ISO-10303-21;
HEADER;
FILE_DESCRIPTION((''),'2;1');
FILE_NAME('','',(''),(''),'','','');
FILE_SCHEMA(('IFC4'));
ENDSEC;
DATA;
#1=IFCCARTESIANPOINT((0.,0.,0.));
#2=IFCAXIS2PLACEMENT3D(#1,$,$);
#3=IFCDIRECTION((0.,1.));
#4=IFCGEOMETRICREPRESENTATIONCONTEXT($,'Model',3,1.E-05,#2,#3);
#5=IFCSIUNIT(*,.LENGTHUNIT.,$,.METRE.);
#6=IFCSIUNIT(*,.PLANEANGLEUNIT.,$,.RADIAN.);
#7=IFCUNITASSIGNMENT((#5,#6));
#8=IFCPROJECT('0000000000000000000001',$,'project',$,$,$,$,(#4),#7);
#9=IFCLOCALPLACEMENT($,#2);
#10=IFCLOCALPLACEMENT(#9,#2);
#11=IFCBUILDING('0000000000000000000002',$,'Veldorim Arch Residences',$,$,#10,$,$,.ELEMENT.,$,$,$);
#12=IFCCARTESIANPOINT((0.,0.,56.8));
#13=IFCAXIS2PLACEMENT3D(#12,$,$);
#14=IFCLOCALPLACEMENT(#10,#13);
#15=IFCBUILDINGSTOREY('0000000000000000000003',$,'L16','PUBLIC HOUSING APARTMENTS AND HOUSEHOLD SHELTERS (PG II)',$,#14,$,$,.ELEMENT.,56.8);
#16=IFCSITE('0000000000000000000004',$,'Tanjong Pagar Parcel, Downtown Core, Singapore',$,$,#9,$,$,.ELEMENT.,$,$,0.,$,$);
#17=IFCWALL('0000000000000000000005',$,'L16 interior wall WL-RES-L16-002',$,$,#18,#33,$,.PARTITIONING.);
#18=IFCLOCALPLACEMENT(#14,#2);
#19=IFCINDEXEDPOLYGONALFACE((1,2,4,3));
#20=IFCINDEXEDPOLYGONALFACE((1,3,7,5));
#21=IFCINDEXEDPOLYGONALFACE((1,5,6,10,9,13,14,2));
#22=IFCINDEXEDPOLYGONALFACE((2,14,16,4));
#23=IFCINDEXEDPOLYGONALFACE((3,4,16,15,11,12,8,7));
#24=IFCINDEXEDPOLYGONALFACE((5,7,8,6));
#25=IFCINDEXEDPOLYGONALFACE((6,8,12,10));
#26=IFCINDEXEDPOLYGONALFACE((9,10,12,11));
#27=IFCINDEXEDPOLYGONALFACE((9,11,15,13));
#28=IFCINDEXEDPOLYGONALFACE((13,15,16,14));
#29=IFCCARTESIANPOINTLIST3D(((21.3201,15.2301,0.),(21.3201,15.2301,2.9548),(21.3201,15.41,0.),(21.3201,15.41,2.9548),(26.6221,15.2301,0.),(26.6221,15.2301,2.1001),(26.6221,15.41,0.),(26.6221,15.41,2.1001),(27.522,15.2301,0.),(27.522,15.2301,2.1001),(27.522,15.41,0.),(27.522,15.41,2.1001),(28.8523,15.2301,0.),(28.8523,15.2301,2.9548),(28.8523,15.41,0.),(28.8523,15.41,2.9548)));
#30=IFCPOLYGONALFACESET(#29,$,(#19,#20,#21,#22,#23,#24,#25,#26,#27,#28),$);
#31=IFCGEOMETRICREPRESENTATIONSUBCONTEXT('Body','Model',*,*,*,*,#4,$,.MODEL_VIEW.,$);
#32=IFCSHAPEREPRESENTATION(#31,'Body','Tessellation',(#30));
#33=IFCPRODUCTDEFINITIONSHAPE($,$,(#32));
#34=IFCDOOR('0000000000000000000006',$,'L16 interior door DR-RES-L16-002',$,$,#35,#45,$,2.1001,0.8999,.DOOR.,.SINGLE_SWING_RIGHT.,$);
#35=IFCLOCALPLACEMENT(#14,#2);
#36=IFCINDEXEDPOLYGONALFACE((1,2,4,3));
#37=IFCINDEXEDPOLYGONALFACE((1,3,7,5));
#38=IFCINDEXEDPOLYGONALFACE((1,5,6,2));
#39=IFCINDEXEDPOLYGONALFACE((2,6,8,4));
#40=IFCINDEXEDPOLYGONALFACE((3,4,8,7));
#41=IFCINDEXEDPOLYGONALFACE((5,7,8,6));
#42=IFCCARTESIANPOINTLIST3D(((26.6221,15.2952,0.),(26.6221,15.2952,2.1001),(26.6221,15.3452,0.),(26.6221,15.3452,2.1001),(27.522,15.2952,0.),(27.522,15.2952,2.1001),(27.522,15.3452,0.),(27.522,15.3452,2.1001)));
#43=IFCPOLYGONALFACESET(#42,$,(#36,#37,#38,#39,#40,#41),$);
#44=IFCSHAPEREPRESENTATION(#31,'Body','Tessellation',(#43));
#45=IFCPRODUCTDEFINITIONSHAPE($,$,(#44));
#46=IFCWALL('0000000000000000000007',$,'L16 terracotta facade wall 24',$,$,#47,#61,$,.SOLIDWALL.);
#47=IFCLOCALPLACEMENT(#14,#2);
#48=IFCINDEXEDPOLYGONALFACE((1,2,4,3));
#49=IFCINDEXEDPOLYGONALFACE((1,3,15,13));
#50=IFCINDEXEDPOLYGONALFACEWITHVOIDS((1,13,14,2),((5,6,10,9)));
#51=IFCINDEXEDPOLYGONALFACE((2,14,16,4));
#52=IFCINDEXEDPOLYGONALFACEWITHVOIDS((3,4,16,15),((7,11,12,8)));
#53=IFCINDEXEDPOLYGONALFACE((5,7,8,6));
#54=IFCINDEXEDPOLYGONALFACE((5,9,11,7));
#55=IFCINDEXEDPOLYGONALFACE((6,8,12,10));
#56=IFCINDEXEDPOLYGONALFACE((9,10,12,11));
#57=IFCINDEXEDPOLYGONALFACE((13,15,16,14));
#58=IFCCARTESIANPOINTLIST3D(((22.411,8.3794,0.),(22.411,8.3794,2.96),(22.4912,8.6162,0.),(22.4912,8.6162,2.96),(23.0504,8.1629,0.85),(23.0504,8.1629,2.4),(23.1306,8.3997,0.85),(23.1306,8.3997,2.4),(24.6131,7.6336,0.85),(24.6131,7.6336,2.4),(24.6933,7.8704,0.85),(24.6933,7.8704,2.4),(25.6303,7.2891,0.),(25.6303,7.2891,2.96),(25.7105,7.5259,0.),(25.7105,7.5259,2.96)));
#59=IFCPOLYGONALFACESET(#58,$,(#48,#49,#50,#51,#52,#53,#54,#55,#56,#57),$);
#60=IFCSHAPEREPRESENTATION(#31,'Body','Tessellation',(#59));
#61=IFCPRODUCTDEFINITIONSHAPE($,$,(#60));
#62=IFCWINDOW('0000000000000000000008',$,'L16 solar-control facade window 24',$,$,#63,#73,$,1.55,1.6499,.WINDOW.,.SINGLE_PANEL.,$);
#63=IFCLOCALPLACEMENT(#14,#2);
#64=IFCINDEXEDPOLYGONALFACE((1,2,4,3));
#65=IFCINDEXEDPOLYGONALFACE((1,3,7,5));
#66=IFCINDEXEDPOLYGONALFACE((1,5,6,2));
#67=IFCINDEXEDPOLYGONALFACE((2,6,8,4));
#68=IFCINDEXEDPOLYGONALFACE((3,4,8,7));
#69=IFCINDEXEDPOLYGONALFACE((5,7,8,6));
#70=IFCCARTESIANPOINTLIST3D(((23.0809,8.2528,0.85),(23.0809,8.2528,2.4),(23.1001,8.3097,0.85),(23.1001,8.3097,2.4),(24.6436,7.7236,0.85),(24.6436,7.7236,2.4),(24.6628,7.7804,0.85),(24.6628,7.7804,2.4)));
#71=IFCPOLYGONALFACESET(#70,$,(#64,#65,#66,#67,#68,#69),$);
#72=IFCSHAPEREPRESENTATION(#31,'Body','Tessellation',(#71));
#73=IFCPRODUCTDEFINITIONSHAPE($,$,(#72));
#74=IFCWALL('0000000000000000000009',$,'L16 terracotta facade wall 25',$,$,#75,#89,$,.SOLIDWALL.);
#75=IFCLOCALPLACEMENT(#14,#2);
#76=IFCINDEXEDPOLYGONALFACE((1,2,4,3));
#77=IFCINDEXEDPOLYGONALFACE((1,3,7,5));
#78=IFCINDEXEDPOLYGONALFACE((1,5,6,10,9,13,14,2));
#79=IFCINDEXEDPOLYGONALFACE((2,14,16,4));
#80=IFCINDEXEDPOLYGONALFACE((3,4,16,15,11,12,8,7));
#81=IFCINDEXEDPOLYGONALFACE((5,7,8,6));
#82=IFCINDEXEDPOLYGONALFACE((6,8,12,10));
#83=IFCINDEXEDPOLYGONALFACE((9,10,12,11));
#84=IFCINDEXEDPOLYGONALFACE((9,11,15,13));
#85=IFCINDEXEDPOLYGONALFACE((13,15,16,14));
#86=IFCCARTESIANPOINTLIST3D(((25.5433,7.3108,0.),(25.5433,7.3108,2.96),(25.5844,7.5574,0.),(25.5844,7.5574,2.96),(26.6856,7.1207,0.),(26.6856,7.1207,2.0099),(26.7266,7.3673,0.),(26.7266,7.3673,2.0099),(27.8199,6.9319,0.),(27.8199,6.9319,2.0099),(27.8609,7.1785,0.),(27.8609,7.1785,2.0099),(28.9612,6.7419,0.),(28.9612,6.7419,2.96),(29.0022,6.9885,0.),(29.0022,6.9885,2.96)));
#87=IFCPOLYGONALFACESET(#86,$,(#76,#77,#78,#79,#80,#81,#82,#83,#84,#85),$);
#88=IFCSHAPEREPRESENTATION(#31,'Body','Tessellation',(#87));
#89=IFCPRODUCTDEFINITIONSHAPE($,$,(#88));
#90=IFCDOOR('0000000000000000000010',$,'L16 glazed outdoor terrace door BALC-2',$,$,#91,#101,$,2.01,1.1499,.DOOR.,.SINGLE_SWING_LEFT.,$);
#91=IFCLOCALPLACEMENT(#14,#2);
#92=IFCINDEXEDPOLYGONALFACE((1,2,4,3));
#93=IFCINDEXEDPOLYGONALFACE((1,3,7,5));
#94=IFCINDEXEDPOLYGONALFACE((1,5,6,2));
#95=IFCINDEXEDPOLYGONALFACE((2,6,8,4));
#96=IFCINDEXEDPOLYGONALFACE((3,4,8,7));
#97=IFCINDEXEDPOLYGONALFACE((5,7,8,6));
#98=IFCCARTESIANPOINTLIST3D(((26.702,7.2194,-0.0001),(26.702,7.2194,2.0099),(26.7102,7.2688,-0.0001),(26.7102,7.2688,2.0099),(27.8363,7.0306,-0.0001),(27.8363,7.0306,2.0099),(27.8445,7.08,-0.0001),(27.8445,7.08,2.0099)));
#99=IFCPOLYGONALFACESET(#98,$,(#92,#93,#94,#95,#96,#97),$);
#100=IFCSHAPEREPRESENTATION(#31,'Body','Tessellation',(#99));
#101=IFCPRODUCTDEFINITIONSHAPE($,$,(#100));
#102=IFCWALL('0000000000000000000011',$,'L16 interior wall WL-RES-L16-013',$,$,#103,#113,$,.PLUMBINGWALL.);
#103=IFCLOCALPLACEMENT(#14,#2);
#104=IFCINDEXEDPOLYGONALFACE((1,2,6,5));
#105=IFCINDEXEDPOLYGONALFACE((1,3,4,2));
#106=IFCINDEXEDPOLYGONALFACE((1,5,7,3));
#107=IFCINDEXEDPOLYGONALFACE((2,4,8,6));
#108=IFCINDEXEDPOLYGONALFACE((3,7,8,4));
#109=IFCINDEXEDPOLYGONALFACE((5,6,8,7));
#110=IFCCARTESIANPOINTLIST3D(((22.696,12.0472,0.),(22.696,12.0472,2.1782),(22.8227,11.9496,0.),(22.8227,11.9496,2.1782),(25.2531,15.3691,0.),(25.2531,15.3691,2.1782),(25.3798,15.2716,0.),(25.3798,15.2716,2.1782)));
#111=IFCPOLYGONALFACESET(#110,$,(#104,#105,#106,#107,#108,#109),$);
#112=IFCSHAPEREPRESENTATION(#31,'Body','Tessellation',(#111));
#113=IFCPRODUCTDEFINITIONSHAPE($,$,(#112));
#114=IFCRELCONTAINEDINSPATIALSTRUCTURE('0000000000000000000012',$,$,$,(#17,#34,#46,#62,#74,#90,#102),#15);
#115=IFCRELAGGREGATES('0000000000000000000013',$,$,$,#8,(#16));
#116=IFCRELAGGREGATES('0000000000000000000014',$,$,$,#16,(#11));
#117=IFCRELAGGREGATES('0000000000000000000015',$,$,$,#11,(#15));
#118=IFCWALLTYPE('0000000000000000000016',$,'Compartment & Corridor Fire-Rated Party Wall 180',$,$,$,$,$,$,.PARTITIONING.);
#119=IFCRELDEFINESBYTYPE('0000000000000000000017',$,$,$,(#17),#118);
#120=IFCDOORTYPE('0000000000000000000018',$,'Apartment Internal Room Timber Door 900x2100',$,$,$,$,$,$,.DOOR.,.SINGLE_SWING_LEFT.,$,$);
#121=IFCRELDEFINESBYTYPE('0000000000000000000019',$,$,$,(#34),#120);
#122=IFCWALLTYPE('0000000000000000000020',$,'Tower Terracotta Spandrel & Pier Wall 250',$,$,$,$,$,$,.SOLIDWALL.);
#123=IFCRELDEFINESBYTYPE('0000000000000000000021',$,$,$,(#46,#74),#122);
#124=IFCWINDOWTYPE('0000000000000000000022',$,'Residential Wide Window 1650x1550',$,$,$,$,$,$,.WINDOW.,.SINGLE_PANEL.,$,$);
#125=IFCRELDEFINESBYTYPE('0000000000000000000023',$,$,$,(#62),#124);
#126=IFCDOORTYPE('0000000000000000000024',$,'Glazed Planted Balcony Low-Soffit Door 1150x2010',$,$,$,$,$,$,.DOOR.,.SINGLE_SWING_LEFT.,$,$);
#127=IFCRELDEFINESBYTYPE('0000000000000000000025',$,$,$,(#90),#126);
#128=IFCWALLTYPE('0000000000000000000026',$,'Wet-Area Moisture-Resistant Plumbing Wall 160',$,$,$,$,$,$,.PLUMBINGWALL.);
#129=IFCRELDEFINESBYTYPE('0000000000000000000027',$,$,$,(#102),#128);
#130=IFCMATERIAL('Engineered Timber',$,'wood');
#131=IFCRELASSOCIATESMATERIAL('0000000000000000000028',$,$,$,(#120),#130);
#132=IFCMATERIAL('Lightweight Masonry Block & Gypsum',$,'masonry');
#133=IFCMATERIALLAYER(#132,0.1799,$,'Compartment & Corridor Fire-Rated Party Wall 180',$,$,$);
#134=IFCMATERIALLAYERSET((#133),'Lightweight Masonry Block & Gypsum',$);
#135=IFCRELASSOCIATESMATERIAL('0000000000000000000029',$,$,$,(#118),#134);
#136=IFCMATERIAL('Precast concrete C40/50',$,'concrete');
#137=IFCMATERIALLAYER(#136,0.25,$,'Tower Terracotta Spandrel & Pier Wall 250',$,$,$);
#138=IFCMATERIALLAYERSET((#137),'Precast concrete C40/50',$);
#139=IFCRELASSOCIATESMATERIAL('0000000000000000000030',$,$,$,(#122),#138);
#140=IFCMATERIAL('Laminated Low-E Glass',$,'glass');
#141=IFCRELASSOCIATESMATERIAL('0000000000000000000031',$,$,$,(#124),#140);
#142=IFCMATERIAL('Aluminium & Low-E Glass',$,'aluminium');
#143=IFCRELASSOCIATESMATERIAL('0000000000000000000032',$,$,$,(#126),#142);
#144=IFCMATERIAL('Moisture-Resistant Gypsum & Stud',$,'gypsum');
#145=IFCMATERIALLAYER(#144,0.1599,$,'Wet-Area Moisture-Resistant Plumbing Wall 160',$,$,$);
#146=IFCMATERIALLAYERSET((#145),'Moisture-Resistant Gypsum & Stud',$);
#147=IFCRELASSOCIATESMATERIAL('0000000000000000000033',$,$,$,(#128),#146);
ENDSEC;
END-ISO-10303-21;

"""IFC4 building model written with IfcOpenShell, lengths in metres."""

from ifc_helpers import new_model, si_unit, direction, frame, frame_2d, origin, place, context, subcontext, project, spatial, rectangle, extrude, material, layer, layer_set, type_object, element, fill, save


model = new_model("IFC4")

# Units and contexts
model_context = context("Model", 3, precision=1e-05, world=origin(), true_north=direction((0.0, 1.0)))
body_context = subcontext(model_context, "Body", "Model", "MODEL_VIEW")
ifc_project = project(units=[si_unit("LENGTHUNIT", "METRE"), si_unit("PLANEANGLEUNIT", "RADIAN")], contexts=[model_context])

# Site, building, storey
site_placement = place(None, origin())
site = spatial("IfcSite", under=ifc_project, at=site_placement, Name="Tanjong Pagar Parcel, Downtown Core, Singapore", CompositionType="ELEMENT", RefElevation=0.0)
building_placement = place(site_placement, origin())
building = spatial("IfcBuilding", under=site, at=building_placement, Name="Veldorim Arch Residences", CompositionType="ELEMENT")
storey_placement = place(building_placement, frame((0.0, 0.0, 56.8)))
storey = spatial("IfcBuildingStorey", under=building, at=storey_placement, Name="L16", Description="PUBLIC HOUSING APARTMENTS AND HOUSEHOLD SHELTERS (PG II)", CompositionType="ELEMENT", Elevation=56.8)

# Shared definitions
ifc_material_1 = material(Name="Engineered Timber", Category="wood")
door_type_1 = type_object("IfcDoorType", Name="Apartment Internal Room Timber Door 900x2100", OperationType="SINGLE_SWING_LEFT", PredefinedType="DOOR", material=ifc_material_1)

# Shared definitions
ifc_material_2 = material(Name="Lightweight Masonry Block & Gypsum", Category="masonry")
ifc_layer_1 = layer(ifc_material_2, 0.1799, Name="Compartment & Corridor Fire-Rated Party Wall 180")
ifc_layer_set_1 = layer_set([ifc_layer_1], Name="Lightweight Masonry Block & Gypsum")
wall_type_1 = type_object("IfcWallType", Name="Compartment & Corridor Fire-Rated Party Wall 180", PredefinedType="PARTITIONING", material=ifc_layer_set_1)

# Wall, opening, door
wall_1_placement = place(storey_placement, frame((28.8523, 15.3201, 0.0), z_axis=(0.0, 0.0, 1.0), x_axis=(-1.0, 0.0, 0.0)))
wall_1 = element("IfcWall", 1, at=wall_1_placement, inside=storey, type_object=wall_type_1, Name="L16 interior wall WL-RES-L16-002", PredefinedType="PARTITIONING", context=body_context, shape_type="SweptSolid", body=[
    extrude(rectangle(XDim=7.5322, YDim=0.1799, at=frame_2d((3.7661, 0.0))), origin(), (0.0, 0.0, 1.0), 2.9548),
])
opening_1_placement = place(wall_1_placement, frame((1.3303, 0.0, 0.0)))
opening_1 = element("IfcOpeningElement", 2, at=opening_1_placement, cuts=wall_1, PredefinedType="OPENING", context=body_context, shape_type="SweptSolid", body=[
    extrude(rectangle(XDim=0.8999, YDim=2.1001, at=frame_2d((0.45, 1.05))), frame((0.0, 0.0999, 0.0), z_axis=(0.0, -1.0, 0.0), x_axis=(1.0, 0.0, 0.0)), (0.0, 0.0, 1.0), 0.2),
])
door_1_placement = place(opening_1_placement, origin())
door_1 = element("IfcDoor", 3, at=door_1_placement, inside=storey, type_object=door_type_1, Name="L16 interior door DR-RES-L16-002", OperationType="SINGLE_SWING_RIGHT", OverallHeight=2.1001, OverallWidth=0.8999, PredefinedType="DOOR", context=body_context, shape_type="SweptSolid", body=[
    extrude(rectangle(XDim=0.8999, YDim=2.1001, at=frame_2d((0.45, 1.05))), frame((0.0, 0.0249, 0.0), z_axis=(0.0, -1.0, 0.0), x_axis=(1.0, 0.0, 0.0)), (0.0, 0.0, 1.0), 0.05),
])
fill(opening_1, door_1)

# Wall, opening, window
ifc_material_3 = material(Name="Precast concrete C40/50", Category="concrete")
ifc_layer_2 = layer(ifc_material_3, 0.25, Name="Tower Terracotta Spandrel & Pier Wall 250")
ifc_layer_set_2 = layer_set([ifc_layer_2], Name="Precast concrete C40/50")
wall_type_2 = type_object("IfcWallType", Name="Tower Terracotta Spandrel & Pier Wall 250", PredefinedType="SOLIDWALL", material=ifc_layer_set_2)
wall_2_placement = place(storey_placement, frame((25.6704, 7.4075, 0.0), z_axis=(0.0, 0.0, 1.0), x_axis=(-0.94715, 0.320792, 0.0)))
wall_2 = element("IfcWall", 4, at=wall_2_placement, inside=storey, type_object=wall_type_2, Name="L16 terracotta facade wall 24", PredefinedType="SOLIDWALL", context=body_context, shape_type="SweptSolid", body=[
    extrude(rectangle(XDim=3.3989, YDim=0.25, at=frame_2d((1.6995, 0.0))), origin(), (0.0, 0.0, 1.0), 2.96),
])
opening_2_placement = place(wall_2_placement, frame((1.074, 0.0, 0.8501)))
opening_2 = element("IfcOpeningElement", 5, at=opening_2_placement, cuts=wall_2, PredefinedType="OPENING", context=body_context, shape_type="SweptSolid", body=[
    extrude(rectangle(XDim=1.6499, YDim=1.55, at=frame_2d((0.825, 0.7749))), frame((0.0, 0.135, 0.0), z_axis=(0.0, -1.0, 0.0), x_axis=(1.0, 0.0, 0.0)), (0.0, 0.0, 1.0), 0.27),
])
ifc_material_4 = material(Name="Laminated Low-E Glass", Category="glass")
window_type = type_object("IfcWindowType", Name="Residential Wide Window 1650x1550", PartitioningType="SINGLE_PANEL", PredefinedType="WINDOW", material=ifc_material_4)
window_placement = place(opening_2_placement, origin())
window = element("IfcWindow", 6, at=window_placement, inside=storey, type_object=window_type, Name="L16 solar-control facade window 24", OverallHeight=1.55, OverallWidth=1.6499, PartitioningType="SINGLE_PANEL", PredefinedType="WINDOW", context=body_context, shape_type="SweptSolid", body=[
    extrude(rectangle(XDim=1.6499, YDim=1.55, at=frame_2d((0.825, 0.7749))), frame((0.0, 0.03, 0.0), z_axis=(0.0, -1.0, 0.0), x_axis=(1.0, 0.0, 0.0)), (0.0, 0.0, 1.0), 0.0601),
])
fill(opening_2, window)

# Wall, opening, door
wall_3_placement = place(storey_placement, frame((28.9817, 6.8652, 0.0), z_axis=(0.0, 0.0, 1.0), x_axis=(-0.98643, 0.164182, 0.0)))
wall_3 = element("IfcWall", 7, at=wall_3_placement, inside=storey, type_object=wall_type_2, Name="L16 terracotta facade wall 25", PredefinedType="SOLIDWALL", context=body_context, shape_type="SweptSolid", body=[
    extrude(rectangle(XDim=3.4648, YDim=0.25, at=frame_2d((1.7324, 0.0))), origin(), (0.0, 0.0, 1.0), 2.96),
])
opening_3_placement = place(wall_3_placement, frame((1.157, 0.0, 0.0)))
opening_3 = element("IfcOpeningElement", 8, at=opening_3_placement, cuts=wall_3, PredefinedType="OPENING", context=body_context, shape_type="SweptSolid", body=[
    extrude(rectangle(XDim=1.1499, YDim=2.01, at=frame_2d((0.575, 1.0049))), frame((0.0, 0.135, 0.0), z_axis=(0.0, -1.0, 0.0), x_axis=(1.0, 0.0, 0.0)), (0.0, 0.0, 1.0), 0.27),
])
ifc_material_5 = material(Name="Aluminium & Low-E Glass", Category="aluminium")
door_type_2 = type_object("IfcDoorType", Name="Glazed Planted Balcony Low-Soffit Door 1150x2010", OperationType="SINGLE_SWING_LEFT", PredefinedType="DOOR", material=ifc_material_5)
door_2_placement = place(opening_3_placement, origin())
door_2 = element("IfcDoor", 9, at=door_2_placement, inside=storey, type_object=door_type_2, Name="L16 glazed outdoor terrace door BALC-2", OperationType="SINGLE_SWING_LEFT", OverallHeight=2.01, OverallWidth=1.1499, PredefinedType="DOOR", context=body_context, shape_type="SweptSolid", body=[
    extrude(rectangle(XDim=1.1499, YDim=2.01, at=frame_2d((0.575, 1.0049))), frame((0.0, 0.0249, 0.0), z_axis=(0.0, -1.0, 0.0), x_axis=(1.0, 0.0, 0.0)), (0.0, 0.0, 1.0), 0.05),
])
fill(opening_3, door_2)

# Wall
ifc_material_6 = material(Name="Moisture-Resistant Gypsum & Stud", Category="gypsum")
ifc_layer_3 = layer(ifc_material_6, 0.1599, Name="Wet-Area Moisture-Resistant Plumbing Wall 160")
ifc_layer_set_3 = layer_set([ifc_layer_3], Name="Moisture-Resistant Gypsum & Stud")
wall_type_3 = type_object("IfcWallType", Name="Wet-Area Moisture-Resistant Plumbing Wall 160", PredefinedType="PLUMBINGWALL", material=ifc_layer_set_3)
wall_4_placement = place(storey_placement, frame((22.7593, 11.9983, 0.0), z_axis=(0.0, 0.0, 1.0), x_axis=(0.60997, 0.792425, 0.0)))
element("IfcWall", 10, at=wall_4_placement, inside=storey, type_object=wall_type_3, Name="L16 interior wall WL-RES-L16-013", PredefinedType="PLUMBINGWALL", context=body_context, shape_type="SweptSolid", body=[
    extrude(rectangle(XDim=4.1921, YDim=0.1599, at=frame_2d((2.0962, 0.0))), origin(), (0.0, 0.0, 1.0), 2.1782),
])

save(model, "model.ifc")
